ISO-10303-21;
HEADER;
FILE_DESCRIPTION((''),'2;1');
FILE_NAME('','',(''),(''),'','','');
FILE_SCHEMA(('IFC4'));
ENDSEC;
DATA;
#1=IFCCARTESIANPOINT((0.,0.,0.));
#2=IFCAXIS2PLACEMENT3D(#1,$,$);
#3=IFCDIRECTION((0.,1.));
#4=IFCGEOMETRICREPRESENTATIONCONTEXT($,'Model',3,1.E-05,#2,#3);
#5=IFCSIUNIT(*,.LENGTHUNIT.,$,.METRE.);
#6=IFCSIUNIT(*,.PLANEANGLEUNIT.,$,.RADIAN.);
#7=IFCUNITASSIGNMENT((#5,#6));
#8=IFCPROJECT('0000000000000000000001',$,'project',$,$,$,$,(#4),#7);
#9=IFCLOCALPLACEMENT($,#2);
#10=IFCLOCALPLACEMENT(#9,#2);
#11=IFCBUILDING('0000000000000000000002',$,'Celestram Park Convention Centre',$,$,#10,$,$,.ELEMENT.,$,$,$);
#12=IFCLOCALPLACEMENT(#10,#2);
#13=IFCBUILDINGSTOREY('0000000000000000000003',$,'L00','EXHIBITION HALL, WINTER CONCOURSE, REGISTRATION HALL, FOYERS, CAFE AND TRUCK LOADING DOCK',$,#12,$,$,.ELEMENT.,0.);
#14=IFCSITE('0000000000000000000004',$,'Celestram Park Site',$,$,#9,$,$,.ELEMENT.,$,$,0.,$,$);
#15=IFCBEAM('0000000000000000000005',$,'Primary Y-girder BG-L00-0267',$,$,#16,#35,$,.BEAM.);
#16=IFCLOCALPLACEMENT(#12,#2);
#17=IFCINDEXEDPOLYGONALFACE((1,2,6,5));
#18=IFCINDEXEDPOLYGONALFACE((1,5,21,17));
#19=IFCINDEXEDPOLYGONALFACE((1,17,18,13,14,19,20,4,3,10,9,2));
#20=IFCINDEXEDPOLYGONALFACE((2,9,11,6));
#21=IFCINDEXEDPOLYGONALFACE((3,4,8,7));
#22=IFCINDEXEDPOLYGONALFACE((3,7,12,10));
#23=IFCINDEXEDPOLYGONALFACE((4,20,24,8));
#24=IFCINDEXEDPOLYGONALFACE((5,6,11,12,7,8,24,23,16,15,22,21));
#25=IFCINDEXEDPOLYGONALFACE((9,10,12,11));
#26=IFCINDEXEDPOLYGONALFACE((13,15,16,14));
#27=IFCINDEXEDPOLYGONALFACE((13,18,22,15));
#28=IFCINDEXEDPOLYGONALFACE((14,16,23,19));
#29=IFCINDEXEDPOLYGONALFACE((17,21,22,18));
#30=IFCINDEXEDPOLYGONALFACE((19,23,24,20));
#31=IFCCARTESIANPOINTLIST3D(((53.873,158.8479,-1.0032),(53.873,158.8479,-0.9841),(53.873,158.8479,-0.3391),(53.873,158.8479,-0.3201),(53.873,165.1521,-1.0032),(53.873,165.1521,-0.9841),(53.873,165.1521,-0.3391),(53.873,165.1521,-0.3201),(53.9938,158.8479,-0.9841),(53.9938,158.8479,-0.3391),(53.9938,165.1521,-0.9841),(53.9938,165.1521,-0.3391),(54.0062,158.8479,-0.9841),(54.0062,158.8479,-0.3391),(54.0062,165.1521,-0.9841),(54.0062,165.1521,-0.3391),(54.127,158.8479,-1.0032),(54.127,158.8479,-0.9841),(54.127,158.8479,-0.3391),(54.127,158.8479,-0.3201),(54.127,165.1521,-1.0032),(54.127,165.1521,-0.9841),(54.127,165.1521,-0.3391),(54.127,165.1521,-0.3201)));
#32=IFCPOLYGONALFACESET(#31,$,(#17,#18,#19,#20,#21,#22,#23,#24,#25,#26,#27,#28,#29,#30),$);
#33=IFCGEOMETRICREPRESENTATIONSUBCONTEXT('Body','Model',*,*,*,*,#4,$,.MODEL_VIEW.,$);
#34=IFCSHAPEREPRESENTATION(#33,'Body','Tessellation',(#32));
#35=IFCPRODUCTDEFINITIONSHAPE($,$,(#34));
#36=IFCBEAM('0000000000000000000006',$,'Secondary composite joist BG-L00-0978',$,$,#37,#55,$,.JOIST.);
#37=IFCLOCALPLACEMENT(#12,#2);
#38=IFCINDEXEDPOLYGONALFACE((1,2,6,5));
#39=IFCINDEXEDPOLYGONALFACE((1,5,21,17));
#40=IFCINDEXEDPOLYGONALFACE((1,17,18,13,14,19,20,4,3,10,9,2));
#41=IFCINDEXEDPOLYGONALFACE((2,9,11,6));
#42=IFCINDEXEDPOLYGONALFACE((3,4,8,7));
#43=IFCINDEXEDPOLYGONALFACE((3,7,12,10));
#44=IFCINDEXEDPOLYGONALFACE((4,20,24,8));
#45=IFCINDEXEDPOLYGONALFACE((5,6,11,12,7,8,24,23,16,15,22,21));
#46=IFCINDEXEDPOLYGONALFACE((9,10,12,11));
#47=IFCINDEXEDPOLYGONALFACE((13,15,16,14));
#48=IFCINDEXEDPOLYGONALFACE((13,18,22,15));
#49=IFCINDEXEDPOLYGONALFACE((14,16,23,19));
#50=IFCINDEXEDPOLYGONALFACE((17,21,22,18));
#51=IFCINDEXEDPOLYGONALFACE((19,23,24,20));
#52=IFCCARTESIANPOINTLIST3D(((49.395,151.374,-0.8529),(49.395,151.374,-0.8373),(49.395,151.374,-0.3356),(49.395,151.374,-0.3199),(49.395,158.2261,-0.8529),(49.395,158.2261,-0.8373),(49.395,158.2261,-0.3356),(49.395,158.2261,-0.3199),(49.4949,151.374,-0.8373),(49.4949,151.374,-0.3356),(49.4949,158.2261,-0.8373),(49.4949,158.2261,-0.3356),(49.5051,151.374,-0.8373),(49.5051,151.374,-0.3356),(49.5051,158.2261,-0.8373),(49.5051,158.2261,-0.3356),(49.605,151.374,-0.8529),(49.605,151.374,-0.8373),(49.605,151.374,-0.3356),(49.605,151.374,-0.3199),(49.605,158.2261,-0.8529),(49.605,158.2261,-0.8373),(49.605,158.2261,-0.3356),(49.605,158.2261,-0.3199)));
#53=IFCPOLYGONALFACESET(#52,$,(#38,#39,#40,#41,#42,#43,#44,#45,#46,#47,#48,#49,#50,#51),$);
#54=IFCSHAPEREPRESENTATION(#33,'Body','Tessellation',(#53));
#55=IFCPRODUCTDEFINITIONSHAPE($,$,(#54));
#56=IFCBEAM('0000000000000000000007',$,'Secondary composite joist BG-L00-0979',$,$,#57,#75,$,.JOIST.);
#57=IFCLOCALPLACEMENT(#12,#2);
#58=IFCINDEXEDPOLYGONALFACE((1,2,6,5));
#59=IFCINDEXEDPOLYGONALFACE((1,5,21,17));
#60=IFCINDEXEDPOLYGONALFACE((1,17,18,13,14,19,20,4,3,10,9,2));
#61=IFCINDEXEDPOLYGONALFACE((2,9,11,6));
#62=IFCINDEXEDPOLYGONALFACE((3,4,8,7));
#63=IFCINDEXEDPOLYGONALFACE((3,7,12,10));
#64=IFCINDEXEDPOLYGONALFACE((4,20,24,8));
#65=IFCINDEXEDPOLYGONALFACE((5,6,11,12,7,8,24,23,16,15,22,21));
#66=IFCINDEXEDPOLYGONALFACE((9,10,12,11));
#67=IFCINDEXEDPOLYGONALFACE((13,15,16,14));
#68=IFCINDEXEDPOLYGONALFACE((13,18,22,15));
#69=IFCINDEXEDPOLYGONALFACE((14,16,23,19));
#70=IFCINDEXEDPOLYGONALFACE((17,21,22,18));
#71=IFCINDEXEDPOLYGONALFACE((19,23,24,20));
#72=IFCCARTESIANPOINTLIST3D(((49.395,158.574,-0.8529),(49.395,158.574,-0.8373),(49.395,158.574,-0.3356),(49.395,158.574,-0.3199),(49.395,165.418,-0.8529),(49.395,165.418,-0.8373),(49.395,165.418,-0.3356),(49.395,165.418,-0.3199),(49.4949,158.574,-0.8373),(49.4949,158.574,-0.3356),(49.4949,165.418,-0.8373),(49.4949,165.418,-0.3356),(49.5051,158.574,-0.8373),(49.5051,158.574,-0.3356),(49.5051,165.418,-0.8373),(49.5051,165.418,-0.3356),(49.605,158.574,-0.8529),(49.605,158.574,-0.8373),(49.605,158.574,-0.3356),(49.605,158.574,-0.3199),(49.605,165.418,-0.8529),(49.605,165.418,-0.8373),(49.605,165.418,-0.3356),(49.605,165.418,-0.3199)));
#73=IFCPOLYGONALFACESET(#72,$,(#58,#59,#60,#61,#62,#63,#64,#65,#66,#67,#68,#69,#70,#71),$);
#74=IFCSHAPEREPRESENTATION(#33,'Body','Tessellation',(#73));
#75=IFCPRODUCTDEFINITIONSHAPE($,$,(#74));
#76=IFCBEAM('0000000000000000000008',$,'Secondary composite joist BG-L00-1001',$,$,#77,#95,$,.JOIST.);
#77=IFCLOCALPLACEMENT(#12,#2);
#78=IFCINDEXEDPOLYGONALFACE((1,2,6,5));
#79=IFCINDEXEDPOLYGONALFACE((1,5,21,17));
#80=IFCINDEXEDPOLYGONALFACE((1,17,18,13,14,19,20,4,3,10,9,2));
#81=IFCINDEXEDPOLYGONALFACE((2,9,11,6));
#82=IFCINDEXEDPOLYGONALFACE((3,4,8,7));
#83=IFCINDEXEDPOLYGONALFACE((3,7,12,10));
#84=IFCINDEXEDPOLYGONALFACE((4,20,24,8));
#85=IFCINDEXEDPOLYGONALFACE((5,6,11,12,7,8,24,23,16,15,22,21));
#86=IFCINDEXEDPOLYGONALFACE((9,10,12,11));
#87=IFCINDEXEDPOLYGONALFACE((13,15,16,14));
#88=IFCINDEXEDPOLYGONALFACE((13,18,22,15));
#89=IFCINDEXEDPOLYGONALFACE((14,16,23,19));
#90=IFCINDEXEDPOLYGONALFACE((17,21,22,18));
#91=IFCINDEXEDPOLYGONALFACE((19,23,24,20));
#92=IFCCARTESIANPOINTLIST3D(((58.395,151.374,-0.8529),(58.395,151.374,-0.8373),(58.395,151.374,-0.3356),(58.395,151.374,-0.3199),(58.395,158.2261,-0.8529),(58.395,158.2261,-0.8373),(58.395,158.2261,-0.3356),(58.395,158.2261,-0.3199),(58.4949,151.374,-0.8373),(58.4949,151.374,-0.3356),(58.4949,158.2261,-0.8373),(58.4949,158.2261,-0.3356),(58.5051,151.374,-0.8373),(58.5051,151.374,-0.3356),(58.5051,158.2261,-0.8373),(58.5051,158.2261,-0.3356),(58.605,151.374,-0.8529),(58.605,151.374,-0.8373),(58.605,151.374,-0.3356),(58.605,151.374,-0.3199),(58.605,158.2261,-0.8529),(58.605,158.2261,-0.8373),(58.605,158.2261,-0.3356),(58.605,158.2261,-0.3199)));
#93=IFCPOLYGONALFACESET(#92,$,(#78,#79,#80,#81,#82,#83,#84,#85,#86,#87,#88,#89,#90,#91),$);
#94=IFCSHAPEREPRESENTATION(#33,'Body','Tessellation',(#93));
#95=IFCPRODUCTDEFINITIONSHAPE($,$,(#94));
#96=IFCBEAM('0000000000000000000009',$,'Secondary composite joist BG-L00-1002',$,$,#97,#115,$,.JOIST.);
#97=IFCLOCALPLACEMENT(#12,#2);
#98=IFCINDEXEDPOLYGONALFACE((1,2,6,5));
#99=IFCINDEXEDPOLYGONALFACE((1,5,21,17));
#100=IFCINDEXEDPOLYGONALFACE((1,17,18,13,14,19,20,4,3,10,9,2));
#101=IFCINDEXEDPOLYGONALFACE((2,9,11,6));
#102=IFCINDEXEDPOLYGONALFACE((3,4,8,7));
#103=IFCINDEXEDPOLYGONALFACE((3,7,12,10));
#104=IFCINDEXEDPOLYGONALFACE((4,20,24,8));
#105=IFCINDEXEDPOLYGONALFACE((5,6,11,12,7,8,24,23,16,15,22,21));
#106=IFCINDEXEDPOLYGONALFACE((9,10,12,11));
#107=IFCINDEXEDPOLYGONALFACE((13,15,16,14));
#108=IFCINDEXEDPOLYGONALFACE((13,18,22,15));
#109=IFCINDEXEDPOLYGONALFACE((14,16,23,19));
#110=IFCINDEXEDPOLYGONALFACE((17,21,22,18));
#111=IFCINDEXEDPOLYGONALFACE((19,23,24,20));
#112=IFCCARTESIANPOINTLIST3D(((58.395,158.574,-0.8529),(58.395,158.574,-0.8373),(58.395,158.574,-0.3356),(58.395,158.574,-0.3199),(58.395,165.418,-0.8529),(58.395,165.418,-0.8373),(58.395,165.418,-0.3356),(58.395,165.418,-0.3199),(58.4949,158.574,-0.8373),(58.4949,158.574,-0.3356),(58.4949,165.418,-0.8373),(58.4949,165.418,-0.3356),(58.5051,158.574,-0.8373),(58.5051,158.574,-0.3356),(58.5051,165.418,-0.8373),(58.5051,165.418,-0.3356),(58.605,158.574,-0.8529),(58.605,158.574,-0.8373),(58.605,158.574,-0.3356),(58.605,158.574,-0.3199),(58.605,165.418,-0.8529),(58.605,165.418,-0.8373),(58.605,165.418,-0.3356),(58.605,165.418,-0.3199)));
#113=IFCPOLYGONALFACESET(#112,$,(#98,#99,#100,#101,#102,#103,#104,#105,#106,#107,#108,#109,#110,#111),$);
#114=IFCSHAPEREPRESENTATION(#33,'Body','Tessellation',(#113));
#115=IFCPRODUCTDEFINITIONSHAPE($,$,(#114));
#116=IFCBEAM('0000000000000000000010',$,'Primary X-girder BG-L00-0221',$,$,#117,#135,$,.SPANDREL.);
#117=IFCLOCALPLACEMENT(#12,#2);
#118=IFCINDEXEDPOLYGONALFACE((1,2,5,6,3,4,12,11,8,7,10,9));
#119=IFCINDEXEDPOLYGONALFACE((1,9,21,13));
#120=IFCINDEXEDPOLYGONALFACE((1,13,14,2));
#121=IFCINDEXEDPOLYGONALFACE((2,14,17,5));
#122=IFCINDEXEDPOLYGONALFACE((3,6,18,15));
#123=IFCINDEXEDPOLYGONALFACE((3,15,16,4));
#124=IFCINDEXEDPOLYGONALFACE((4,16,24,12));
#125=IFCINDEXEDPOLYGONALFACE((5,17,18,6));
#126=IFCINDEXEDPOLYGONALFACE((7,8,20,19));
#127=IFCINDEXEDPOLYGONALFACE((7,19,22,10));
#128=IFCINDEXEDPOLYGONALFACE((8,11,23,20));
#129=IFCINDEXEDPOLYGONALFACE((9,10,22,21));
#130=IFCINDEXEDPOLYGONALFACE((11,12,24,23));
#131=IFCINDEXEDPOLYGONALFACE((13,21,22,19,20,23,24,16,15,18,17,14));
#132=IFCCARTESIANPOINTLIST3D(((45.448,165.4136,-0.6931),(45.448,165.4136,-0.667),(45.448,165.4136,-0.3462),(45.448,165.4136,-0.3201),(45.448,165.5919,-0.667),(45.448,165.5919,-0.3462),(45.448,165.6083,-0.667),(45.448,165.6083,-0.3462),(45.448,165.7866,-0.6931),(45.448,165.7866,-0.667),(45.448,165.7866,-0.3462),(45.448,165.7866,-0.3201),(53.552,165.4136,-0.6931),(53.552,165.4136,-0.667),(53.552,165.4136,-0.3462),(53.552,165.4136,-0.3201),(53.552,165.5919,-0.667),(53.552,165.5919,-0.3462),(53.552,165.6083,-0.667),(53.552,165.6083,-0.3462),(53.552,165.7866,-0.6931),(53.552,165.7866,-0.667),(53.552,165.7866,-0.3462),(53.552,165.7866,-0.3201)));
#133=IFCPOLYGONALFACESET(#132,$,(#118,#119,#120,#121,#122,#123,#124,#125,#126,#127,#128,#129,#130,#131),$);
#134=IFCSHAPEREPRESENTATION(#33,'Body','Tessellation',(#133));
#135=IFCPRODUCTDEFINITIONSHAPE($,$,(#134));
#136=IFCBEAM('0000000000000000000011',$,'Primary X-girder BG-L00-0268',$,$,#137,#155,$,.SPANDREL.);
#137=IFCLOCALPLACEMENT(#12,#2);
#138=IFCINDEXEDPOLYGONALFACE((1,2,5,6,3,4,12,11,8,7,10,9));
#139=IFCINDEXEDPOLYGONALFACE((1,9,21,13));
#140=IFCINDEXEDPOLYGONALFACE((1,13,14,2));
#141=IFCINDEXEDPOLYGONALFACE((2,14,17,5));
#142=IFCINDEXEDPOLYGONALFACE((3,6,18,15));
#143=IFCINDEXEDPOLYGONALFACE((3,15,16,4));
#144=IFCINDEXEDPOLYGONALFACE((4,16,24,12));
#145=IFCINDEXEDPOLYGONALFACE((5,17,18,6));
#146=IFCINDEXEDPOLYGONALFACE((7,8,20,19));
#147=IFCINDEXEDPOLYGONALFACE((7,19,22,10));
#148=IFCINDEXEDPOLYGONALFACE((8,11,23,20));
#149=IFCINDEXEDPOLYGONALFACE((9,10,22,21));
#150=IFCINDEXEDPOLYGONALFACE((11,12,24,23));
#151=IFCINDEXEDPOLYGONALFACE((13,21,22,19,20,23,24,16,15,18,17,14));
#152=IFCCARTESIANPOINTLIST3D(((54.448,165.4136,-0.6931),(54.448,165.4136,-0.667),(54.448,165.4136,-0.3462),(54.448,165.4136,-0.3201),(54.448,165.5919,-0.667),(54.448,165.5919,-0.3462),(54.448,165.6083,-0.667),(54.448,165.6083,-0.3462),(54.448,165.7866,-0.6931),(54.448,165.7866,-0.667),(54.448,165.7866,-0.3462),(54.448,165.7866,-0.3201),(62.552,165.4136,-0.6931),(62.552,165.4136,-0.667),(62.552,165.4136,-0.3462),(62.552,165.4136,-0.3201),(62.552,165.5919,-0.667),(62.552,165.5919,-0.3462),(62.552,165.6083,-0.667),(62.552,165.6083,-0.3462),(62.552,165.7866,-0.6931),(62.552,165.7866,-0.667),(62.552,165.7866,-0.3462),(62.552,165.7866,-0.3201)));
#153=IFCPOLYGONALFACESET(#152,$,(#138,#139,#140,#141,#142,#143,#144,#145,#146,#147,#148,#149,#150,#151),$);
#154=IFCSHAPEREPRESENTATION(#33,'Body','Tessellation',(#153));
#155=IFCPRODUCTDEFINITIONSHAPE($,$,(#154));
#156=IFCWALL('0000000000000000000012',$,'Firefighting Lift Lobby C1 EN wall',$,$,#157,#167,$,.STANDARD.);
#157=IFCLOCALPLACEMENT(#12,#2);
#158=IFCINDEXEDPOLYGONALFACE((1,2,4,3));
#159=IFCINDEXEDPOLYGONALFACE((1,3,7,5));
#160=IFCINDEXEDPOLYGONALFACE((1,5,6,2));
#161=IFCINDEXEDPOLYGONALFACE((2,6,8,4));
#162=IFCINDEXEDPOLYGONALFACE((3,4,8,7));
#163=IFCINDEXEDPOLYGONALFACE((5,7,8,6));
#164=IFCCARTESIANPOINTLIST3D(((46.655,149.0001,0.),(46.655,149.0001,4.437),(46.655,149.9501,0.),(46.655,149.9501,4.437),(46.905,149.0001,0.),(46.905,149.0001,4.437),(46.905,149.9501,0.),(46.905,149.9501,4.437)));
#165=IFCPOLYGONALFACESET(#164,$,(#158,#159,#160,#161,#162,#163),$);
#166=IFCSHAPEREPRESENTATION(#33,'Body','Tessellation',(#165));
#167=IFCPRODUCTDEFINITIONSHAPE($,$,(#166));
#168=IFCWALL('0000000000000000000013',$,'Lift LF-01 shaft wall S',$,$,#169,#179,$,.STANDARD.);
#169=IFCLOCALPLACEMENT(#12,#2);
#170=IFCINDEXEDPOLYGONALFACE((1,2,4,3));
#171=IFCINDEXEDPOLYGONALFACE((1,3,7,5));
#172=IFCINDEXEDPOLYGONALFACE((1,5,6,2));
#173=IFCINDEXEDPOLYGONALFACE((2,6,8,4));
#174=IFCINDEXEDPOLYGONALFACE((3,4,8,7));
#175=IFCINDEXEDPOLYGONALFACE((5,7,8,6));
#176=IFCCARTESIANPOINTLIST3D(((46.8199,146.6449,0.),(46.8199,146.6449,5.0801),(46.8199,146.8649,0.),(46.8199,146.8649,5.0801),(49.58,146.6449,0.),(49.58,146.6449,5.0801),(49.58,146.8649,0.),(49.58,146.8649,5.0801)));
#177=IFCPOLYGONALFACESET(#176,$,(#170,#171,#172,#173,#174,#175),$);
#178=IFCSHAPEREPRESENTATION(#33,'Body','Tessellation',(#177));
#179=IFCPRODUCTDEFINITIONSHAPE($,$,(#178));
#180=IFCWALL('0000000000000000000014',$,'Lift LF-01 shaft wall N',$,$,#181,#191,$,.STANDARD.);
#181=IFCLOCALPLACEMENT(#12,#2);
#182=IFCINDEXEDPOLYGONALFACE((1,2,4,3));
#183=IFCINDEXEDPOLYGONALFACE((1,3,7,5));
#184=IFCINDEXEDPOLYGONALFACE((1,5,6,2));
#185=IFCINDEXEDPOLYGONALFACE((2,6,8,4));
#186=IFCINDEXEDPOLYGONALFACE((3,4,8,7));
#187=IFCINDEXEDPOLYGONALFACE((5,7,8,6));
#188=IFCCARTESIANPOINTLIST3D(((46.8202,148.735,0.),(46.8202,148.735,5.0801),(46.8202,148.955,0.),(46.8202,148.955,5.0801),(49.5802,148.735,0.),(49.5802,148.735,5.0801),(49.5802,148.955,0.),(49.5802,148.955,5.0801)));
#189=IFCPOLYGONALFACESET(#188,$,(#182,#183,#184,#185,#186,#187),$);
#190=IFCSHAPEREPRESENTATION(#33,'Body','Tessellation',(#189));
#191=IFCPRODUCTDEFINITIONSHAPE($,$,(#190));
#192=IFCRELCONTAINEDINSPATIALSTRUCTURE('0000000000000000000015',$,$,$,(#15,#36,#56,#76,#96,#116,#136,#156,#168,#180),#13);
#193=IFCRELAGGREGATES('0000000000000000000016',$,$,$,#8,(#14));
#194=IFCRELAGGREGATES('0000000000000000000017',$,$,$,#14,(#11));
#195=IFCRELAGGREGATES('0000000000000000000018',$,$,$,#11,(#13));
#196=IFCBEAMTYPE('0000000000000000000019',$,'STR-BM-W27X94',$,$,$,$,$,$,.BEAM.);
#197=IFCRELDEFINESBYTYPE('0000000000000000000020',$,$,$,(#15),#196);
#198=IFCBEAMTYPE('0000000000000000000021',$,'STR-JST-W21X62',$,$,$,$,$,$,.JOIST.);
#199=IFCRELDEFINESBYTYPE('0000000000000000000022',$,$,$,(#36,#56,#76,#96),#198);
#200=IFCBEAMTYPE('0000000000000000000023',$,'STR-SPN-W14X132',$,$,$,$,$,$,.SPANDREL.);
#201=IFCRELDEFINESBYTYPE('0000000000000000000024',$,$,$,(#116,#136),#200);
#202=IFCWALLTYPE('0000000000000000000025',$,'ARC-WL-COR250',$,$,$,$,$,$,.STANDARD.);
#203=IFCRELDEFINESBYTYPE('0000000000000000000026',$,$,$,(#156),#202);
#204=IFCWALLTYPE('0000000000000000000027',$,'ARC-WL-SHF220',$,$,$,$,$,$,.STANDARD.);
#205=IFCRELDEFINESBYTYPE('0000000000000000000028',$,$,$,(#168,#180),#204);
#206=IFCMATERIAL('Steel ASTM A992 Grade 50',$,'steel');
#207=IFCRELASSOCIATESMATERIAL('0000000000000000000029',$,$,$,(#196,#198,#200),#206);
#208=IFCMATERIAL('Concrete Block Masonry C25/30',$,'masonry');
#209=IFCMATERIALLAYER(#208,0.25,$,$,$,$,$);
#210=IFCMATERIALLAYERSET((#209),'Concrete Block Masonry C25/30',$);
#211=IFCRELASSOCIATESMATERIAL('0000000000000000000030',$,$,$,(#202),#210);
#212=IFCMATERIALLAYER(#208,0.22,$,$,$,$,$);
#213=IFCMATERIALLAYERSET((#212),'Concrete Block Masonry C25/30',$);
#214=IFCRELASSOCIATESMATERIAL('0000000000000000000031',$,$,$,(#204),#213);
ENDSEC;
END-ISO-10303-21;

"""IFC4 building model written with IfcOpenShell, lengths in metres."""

from ifc_helpers import new_model, si_unit, direction, frame, frame_2d, origin, origin_2d, place, context, subcontext, project, spatial, rectangle, i_section, extrude, material, layer, layer_set, material_profile, profile_set, type_object, element, save


model = new_model("IFC4")

# Units and contexts
model_context = context("Model", 3, precision=1e-05, world=origin(), true_north=direction((0.0, 1.0)))
body_context = subcontext(model_context, "Body", "Model", "MODEL_VIEW")
ifc_project = project(units=[si_unit("LENGTHUNIT", "METRE"), si_unit("PLANEANGLEUNIT", "RADIAN")], contexts=[model_context])

# Site, building, storey
site_placement = place(None, origin())
site = spatial("IfcSite", under=ifc_project, at=site_placement, Name="Celestram Park Site", CompositionType="ELEMENT", RefElevation=0.0)
building_placement = place(site_placement, origin())
building = spatial("IfcBuilding", under=site, at=building_placement, Name="Celestram Park Convention Centre", CompositionType="ELEMENT")
storey_placement = place(building_placement, origin())
storey = spatial("IfcBuildingStorey", under=building, at=storey_placement, Name="L00", Description="EXHIBITION HALL, WINTER CONCOURSE, REGISTRATION HALL, FOYERS, CAFE AND TRUCK LOADING DOCK", CompositionType="ELEMENT", Elevation=0.0)

# Beams
ifc_material_1 = material(Name="Steel ASTM A992 Grade 50", Category="steel")
ifc_material_profile_1 = material_profile(ifc_material_1, i_section(OverallWidth=0.2539, OverallDepth=0.6831, WebThickness=0.0125, FlangeThickness=0.019, at=origin_2d()), Name="W27X94")
ifc_profile_set_1 = profile_set([ifc_material_profile_1], Name="Steel ASTM A992 Grade 50")
beam_type_1 = type_object("IfcBeamType", Name="STR-BM-W27X94", PredefinedType="BEAM", material=ifc_profile_set_1)
beam_1_placement = place(storey_placement, frame((54.0, 158.8479, -0.6616), z_axis=(0.0, 1.0, 0.0), x_axis=(-1.0, 0.0, 0.0)))
element("IfcBeam", 1, at=beam_1_placement, inside=storey, type_object=beam_type_1, Name="Primary Y-girder BG-L00-0267", PredefinedType="BEAM", context=body_context, shape_type="SweptSolid", body=[
    extrude(i_section(OverallWidth=0.2539, OverallDepth=0.6831, WebThickness=0.0125, FlangeThickness=0.019, at=origin_2d()), origin(), (0.0, 0.0, 1.0), 6.3042),
])
ifc_material_profile_2 = material_profile(ifc_material_1, i_section(OverallWidth=0.21, OverallDepth=0.533, WebThickness=0.0103, FlangeThickness=0.0156, at=origin_2d()), Name="W21X62")
ifc_profile_set_2 = profile_set([ifc_material_profile_2], Name="Steel ASTM A992 Grade 50")
beam_type_2 = type_object("IfcBeamType", Name="STR-JST-W21X62", PredefinedType="JOIST", material=ifc_profile_set_2)
beam_2_placement = place(storey_placement, frame((49.5, 151.374, -0.5864), z_axis=(0.0, 1.0, 0.0), x_axis=(-1.0, 0.0, 0.0)))
element("IfcBeam", 2, at=beam_2_placement, inside=storey, type_object=beam_type_2, Name="Secondary composite joist BG-L00-0978", PredefinedType="JOIST", context=body_context, shape_type="SweptSolid", body=[
    extrude(i_section(OverallWidth=0.21, OverallDepth=0.533, WebThickness=0.0103, FlangeThickness=0.0156, at=origin_2d()), origin(), (0.0, 0.0, 1.0), 6.8521),
])
beam_3_placement = place(storey_placement, frame((49.5, 158.574, -0.5864), z_axis=(0.0, 1.0, 0.0), x_axis=(-1.0, 0.0, 0.0)))
element("IfcBeam", 3, at=beam_3_placement, inside=storey, type_object=beam_type_2, Name="Secondary composite joist BG-L00-0979", PredefinedType="JOIST", context=body_context, shape_type="SweptSolid", body=[
    extrude(i_section(OverallWidth=0.21, OverallDepth=0.533, WebThickness=0.0103, FlangeThickness=0.0156, at=origin_2d()), origin(), (0.0, 0.0, 1.0), 6.844),
])
beam_4_placement = place(storey_placement, frame((58.5, 151.374, -0.5864), z_axis=(0.0, 1.0, 0.0), x_axis=(-1.0, 0.0, 0.0)))
element("IfcBeam", 4, at=beam_4_placement, inside=storey, type_object=beam_type_2, Name="Secondary composite joist BG-L00-1001", PredefinedType="JOIST", context=body_context, shape_type="SweptSolid", body=[
    extrude(i_section(OverallWidth=0.21, OverallDepth=0.533, WebThickness=0.0103, FlangeThickness=0.0156, at=origin_2d()), origin(), (0.0, 0.0, 1.0), 6.8521),
])
beam_5_placement = place(storey_placement, frame((58.5, 158.574, -0.5864), z_axis=(0.0, 1.0, 0.0), x_axis=(-1.0, 0.0, 0.0)))
element("IfcBeam", 5, at=beam_5_placement, inside=storey, type_object=beam_type_2, Name="Secondary composite joist BG-L00-1002", PredefinedType="JOIST", context=body_context, shape_type="SweptSolid", body=[
    extrude(i_section(OverallWidth=0.21, OverallDepth=0.533, WebThickness=0.0103, FlangeThickness=0.0156, at=origin_2d()), origin(), (0.0, 0.0, 1.0), 6.844),
])
ifc_material_profile_3 = material_profile(ifc_material_1, i_section(OverallWidth=0.373, OverallDepth=0.373, WebThickness=0.0164, FlangeThickness=0.0261, at=origin_2d()), Name="W14X132")
ifc_profile_set_3 = profile_set([ifc_material_profile_3], Name="Steel ASTM A992 Grade 50")
beam_type_3 = type_object("IfcBeamType", Name="STR-SPN-W14X132", PredefinedType="SPANDREL", material=ifc_profile_set_3)
for number, where, z_axis, x_axis, name in (
    (6, (45.448, 165.6001, -0.5066), (1.0, 0.0, 0.0), (0.0, 1.0, 0.0), "Primary X-girder BG-L00-0221"),
    (7, (54.448, 165.6001, -0.5066), (1.0, 0.0, 0.0), (0.0, 1.0, 0.0), "Primary X-girder BG-L00-0268"),
):
    element("IfcBeam", number, at=place(storey_placement, frame(where, z_axis=z_axis, x_axis=x_axis)), inside=storey, type_object=beam_type_3, Name=name, PredefinedType="SPANDREL", context=body_context, shape_type="SweptSolid", body=[
        extrude(i_section(OverallWidth=0.373, OverallDepth=0.373, WebThickness=0.0164, FlangeThickness=0.0261, at=origin_2d()), origin(), (0.0, 0.0, 1.0), 8.104),
    ])

# Wall
ifc_material_2 = material(Name="Concrete Block Masonry C25/30", Category="masonry")
ifc_layer_1 = layer(ifc_material_2, 0.25)
ifc_layer_set_1 = layer_set([ifc_layer_1], Name="Concrete Block Masonry C25/30")
wall_type_1 = type_object("IfcWallType", Name="ARC-WL-COR250", PredefinedType="STANDARD", material=ifc_layer_set_1)
wall_1_placement = place(storey_placement, frame((46.78, 149.0, 0.0), z_axis=(0.0, 0.0, 1.0), x_axis=(0.0, 1.0, 0.0)))
element("IfcWall", 8, at=wall_1_placement, inside=storey, type_object=wall_type_1, Name="Firefighting Lift Lobby C1 EN wall", PredefinedType="STANDARD", context=body_context, shape_type="SweptSolid", body=[
    extrude(rectangle(XDim=0.95, YDim=0.25, at=frame_2d((0.4751, 0.0))), origin(), (0.0, 0.0, 1.0), 4.437),
])

# Walls
ifc_layer_2 = layer(ifc_material_2, 0.22)
ifc_layer_set_2 = layer_set([ifc_layer_2], Name="Concrete Block Masonry C25/30")
wall_type_2 = type_object("IfcWallType", Name="ARC-WL-SHF220", PredefinedType="STANDARD", material=ifc_layer_set_2)
for number, where, z_axis, x_axis, name in (
    (9, (46.8201, 146.7549, 0.0), (0.0, 0.0, 1.0), (1.0, 0.0, 0.0), "Lift LF-01 shaft wall S"),
    (10, (49.5801, 148.845, 0.0), (0.0, 0.0, 1.0), (-1.0, 0.0, 0.0), "Lift LF-01 shaft wall N"),
):
    element("IfcWall", number, at=place(storey_placement, frame(where, z_axis=z_axis, x_axis=x_axis)), inside=storey, type_object=wall_type_2, Name=name, PredefinedType="STANDARD", context=body_context, shape_type="SweptSolid", body=[
        extrude(rectangle(XDim=2.76, YDim=0.22, at=frame_2d((1.3799, 0.0))), origin(), (0.0, 0.0, 1.0), 5.0801),
    ])

save(model, "model.ifc")
